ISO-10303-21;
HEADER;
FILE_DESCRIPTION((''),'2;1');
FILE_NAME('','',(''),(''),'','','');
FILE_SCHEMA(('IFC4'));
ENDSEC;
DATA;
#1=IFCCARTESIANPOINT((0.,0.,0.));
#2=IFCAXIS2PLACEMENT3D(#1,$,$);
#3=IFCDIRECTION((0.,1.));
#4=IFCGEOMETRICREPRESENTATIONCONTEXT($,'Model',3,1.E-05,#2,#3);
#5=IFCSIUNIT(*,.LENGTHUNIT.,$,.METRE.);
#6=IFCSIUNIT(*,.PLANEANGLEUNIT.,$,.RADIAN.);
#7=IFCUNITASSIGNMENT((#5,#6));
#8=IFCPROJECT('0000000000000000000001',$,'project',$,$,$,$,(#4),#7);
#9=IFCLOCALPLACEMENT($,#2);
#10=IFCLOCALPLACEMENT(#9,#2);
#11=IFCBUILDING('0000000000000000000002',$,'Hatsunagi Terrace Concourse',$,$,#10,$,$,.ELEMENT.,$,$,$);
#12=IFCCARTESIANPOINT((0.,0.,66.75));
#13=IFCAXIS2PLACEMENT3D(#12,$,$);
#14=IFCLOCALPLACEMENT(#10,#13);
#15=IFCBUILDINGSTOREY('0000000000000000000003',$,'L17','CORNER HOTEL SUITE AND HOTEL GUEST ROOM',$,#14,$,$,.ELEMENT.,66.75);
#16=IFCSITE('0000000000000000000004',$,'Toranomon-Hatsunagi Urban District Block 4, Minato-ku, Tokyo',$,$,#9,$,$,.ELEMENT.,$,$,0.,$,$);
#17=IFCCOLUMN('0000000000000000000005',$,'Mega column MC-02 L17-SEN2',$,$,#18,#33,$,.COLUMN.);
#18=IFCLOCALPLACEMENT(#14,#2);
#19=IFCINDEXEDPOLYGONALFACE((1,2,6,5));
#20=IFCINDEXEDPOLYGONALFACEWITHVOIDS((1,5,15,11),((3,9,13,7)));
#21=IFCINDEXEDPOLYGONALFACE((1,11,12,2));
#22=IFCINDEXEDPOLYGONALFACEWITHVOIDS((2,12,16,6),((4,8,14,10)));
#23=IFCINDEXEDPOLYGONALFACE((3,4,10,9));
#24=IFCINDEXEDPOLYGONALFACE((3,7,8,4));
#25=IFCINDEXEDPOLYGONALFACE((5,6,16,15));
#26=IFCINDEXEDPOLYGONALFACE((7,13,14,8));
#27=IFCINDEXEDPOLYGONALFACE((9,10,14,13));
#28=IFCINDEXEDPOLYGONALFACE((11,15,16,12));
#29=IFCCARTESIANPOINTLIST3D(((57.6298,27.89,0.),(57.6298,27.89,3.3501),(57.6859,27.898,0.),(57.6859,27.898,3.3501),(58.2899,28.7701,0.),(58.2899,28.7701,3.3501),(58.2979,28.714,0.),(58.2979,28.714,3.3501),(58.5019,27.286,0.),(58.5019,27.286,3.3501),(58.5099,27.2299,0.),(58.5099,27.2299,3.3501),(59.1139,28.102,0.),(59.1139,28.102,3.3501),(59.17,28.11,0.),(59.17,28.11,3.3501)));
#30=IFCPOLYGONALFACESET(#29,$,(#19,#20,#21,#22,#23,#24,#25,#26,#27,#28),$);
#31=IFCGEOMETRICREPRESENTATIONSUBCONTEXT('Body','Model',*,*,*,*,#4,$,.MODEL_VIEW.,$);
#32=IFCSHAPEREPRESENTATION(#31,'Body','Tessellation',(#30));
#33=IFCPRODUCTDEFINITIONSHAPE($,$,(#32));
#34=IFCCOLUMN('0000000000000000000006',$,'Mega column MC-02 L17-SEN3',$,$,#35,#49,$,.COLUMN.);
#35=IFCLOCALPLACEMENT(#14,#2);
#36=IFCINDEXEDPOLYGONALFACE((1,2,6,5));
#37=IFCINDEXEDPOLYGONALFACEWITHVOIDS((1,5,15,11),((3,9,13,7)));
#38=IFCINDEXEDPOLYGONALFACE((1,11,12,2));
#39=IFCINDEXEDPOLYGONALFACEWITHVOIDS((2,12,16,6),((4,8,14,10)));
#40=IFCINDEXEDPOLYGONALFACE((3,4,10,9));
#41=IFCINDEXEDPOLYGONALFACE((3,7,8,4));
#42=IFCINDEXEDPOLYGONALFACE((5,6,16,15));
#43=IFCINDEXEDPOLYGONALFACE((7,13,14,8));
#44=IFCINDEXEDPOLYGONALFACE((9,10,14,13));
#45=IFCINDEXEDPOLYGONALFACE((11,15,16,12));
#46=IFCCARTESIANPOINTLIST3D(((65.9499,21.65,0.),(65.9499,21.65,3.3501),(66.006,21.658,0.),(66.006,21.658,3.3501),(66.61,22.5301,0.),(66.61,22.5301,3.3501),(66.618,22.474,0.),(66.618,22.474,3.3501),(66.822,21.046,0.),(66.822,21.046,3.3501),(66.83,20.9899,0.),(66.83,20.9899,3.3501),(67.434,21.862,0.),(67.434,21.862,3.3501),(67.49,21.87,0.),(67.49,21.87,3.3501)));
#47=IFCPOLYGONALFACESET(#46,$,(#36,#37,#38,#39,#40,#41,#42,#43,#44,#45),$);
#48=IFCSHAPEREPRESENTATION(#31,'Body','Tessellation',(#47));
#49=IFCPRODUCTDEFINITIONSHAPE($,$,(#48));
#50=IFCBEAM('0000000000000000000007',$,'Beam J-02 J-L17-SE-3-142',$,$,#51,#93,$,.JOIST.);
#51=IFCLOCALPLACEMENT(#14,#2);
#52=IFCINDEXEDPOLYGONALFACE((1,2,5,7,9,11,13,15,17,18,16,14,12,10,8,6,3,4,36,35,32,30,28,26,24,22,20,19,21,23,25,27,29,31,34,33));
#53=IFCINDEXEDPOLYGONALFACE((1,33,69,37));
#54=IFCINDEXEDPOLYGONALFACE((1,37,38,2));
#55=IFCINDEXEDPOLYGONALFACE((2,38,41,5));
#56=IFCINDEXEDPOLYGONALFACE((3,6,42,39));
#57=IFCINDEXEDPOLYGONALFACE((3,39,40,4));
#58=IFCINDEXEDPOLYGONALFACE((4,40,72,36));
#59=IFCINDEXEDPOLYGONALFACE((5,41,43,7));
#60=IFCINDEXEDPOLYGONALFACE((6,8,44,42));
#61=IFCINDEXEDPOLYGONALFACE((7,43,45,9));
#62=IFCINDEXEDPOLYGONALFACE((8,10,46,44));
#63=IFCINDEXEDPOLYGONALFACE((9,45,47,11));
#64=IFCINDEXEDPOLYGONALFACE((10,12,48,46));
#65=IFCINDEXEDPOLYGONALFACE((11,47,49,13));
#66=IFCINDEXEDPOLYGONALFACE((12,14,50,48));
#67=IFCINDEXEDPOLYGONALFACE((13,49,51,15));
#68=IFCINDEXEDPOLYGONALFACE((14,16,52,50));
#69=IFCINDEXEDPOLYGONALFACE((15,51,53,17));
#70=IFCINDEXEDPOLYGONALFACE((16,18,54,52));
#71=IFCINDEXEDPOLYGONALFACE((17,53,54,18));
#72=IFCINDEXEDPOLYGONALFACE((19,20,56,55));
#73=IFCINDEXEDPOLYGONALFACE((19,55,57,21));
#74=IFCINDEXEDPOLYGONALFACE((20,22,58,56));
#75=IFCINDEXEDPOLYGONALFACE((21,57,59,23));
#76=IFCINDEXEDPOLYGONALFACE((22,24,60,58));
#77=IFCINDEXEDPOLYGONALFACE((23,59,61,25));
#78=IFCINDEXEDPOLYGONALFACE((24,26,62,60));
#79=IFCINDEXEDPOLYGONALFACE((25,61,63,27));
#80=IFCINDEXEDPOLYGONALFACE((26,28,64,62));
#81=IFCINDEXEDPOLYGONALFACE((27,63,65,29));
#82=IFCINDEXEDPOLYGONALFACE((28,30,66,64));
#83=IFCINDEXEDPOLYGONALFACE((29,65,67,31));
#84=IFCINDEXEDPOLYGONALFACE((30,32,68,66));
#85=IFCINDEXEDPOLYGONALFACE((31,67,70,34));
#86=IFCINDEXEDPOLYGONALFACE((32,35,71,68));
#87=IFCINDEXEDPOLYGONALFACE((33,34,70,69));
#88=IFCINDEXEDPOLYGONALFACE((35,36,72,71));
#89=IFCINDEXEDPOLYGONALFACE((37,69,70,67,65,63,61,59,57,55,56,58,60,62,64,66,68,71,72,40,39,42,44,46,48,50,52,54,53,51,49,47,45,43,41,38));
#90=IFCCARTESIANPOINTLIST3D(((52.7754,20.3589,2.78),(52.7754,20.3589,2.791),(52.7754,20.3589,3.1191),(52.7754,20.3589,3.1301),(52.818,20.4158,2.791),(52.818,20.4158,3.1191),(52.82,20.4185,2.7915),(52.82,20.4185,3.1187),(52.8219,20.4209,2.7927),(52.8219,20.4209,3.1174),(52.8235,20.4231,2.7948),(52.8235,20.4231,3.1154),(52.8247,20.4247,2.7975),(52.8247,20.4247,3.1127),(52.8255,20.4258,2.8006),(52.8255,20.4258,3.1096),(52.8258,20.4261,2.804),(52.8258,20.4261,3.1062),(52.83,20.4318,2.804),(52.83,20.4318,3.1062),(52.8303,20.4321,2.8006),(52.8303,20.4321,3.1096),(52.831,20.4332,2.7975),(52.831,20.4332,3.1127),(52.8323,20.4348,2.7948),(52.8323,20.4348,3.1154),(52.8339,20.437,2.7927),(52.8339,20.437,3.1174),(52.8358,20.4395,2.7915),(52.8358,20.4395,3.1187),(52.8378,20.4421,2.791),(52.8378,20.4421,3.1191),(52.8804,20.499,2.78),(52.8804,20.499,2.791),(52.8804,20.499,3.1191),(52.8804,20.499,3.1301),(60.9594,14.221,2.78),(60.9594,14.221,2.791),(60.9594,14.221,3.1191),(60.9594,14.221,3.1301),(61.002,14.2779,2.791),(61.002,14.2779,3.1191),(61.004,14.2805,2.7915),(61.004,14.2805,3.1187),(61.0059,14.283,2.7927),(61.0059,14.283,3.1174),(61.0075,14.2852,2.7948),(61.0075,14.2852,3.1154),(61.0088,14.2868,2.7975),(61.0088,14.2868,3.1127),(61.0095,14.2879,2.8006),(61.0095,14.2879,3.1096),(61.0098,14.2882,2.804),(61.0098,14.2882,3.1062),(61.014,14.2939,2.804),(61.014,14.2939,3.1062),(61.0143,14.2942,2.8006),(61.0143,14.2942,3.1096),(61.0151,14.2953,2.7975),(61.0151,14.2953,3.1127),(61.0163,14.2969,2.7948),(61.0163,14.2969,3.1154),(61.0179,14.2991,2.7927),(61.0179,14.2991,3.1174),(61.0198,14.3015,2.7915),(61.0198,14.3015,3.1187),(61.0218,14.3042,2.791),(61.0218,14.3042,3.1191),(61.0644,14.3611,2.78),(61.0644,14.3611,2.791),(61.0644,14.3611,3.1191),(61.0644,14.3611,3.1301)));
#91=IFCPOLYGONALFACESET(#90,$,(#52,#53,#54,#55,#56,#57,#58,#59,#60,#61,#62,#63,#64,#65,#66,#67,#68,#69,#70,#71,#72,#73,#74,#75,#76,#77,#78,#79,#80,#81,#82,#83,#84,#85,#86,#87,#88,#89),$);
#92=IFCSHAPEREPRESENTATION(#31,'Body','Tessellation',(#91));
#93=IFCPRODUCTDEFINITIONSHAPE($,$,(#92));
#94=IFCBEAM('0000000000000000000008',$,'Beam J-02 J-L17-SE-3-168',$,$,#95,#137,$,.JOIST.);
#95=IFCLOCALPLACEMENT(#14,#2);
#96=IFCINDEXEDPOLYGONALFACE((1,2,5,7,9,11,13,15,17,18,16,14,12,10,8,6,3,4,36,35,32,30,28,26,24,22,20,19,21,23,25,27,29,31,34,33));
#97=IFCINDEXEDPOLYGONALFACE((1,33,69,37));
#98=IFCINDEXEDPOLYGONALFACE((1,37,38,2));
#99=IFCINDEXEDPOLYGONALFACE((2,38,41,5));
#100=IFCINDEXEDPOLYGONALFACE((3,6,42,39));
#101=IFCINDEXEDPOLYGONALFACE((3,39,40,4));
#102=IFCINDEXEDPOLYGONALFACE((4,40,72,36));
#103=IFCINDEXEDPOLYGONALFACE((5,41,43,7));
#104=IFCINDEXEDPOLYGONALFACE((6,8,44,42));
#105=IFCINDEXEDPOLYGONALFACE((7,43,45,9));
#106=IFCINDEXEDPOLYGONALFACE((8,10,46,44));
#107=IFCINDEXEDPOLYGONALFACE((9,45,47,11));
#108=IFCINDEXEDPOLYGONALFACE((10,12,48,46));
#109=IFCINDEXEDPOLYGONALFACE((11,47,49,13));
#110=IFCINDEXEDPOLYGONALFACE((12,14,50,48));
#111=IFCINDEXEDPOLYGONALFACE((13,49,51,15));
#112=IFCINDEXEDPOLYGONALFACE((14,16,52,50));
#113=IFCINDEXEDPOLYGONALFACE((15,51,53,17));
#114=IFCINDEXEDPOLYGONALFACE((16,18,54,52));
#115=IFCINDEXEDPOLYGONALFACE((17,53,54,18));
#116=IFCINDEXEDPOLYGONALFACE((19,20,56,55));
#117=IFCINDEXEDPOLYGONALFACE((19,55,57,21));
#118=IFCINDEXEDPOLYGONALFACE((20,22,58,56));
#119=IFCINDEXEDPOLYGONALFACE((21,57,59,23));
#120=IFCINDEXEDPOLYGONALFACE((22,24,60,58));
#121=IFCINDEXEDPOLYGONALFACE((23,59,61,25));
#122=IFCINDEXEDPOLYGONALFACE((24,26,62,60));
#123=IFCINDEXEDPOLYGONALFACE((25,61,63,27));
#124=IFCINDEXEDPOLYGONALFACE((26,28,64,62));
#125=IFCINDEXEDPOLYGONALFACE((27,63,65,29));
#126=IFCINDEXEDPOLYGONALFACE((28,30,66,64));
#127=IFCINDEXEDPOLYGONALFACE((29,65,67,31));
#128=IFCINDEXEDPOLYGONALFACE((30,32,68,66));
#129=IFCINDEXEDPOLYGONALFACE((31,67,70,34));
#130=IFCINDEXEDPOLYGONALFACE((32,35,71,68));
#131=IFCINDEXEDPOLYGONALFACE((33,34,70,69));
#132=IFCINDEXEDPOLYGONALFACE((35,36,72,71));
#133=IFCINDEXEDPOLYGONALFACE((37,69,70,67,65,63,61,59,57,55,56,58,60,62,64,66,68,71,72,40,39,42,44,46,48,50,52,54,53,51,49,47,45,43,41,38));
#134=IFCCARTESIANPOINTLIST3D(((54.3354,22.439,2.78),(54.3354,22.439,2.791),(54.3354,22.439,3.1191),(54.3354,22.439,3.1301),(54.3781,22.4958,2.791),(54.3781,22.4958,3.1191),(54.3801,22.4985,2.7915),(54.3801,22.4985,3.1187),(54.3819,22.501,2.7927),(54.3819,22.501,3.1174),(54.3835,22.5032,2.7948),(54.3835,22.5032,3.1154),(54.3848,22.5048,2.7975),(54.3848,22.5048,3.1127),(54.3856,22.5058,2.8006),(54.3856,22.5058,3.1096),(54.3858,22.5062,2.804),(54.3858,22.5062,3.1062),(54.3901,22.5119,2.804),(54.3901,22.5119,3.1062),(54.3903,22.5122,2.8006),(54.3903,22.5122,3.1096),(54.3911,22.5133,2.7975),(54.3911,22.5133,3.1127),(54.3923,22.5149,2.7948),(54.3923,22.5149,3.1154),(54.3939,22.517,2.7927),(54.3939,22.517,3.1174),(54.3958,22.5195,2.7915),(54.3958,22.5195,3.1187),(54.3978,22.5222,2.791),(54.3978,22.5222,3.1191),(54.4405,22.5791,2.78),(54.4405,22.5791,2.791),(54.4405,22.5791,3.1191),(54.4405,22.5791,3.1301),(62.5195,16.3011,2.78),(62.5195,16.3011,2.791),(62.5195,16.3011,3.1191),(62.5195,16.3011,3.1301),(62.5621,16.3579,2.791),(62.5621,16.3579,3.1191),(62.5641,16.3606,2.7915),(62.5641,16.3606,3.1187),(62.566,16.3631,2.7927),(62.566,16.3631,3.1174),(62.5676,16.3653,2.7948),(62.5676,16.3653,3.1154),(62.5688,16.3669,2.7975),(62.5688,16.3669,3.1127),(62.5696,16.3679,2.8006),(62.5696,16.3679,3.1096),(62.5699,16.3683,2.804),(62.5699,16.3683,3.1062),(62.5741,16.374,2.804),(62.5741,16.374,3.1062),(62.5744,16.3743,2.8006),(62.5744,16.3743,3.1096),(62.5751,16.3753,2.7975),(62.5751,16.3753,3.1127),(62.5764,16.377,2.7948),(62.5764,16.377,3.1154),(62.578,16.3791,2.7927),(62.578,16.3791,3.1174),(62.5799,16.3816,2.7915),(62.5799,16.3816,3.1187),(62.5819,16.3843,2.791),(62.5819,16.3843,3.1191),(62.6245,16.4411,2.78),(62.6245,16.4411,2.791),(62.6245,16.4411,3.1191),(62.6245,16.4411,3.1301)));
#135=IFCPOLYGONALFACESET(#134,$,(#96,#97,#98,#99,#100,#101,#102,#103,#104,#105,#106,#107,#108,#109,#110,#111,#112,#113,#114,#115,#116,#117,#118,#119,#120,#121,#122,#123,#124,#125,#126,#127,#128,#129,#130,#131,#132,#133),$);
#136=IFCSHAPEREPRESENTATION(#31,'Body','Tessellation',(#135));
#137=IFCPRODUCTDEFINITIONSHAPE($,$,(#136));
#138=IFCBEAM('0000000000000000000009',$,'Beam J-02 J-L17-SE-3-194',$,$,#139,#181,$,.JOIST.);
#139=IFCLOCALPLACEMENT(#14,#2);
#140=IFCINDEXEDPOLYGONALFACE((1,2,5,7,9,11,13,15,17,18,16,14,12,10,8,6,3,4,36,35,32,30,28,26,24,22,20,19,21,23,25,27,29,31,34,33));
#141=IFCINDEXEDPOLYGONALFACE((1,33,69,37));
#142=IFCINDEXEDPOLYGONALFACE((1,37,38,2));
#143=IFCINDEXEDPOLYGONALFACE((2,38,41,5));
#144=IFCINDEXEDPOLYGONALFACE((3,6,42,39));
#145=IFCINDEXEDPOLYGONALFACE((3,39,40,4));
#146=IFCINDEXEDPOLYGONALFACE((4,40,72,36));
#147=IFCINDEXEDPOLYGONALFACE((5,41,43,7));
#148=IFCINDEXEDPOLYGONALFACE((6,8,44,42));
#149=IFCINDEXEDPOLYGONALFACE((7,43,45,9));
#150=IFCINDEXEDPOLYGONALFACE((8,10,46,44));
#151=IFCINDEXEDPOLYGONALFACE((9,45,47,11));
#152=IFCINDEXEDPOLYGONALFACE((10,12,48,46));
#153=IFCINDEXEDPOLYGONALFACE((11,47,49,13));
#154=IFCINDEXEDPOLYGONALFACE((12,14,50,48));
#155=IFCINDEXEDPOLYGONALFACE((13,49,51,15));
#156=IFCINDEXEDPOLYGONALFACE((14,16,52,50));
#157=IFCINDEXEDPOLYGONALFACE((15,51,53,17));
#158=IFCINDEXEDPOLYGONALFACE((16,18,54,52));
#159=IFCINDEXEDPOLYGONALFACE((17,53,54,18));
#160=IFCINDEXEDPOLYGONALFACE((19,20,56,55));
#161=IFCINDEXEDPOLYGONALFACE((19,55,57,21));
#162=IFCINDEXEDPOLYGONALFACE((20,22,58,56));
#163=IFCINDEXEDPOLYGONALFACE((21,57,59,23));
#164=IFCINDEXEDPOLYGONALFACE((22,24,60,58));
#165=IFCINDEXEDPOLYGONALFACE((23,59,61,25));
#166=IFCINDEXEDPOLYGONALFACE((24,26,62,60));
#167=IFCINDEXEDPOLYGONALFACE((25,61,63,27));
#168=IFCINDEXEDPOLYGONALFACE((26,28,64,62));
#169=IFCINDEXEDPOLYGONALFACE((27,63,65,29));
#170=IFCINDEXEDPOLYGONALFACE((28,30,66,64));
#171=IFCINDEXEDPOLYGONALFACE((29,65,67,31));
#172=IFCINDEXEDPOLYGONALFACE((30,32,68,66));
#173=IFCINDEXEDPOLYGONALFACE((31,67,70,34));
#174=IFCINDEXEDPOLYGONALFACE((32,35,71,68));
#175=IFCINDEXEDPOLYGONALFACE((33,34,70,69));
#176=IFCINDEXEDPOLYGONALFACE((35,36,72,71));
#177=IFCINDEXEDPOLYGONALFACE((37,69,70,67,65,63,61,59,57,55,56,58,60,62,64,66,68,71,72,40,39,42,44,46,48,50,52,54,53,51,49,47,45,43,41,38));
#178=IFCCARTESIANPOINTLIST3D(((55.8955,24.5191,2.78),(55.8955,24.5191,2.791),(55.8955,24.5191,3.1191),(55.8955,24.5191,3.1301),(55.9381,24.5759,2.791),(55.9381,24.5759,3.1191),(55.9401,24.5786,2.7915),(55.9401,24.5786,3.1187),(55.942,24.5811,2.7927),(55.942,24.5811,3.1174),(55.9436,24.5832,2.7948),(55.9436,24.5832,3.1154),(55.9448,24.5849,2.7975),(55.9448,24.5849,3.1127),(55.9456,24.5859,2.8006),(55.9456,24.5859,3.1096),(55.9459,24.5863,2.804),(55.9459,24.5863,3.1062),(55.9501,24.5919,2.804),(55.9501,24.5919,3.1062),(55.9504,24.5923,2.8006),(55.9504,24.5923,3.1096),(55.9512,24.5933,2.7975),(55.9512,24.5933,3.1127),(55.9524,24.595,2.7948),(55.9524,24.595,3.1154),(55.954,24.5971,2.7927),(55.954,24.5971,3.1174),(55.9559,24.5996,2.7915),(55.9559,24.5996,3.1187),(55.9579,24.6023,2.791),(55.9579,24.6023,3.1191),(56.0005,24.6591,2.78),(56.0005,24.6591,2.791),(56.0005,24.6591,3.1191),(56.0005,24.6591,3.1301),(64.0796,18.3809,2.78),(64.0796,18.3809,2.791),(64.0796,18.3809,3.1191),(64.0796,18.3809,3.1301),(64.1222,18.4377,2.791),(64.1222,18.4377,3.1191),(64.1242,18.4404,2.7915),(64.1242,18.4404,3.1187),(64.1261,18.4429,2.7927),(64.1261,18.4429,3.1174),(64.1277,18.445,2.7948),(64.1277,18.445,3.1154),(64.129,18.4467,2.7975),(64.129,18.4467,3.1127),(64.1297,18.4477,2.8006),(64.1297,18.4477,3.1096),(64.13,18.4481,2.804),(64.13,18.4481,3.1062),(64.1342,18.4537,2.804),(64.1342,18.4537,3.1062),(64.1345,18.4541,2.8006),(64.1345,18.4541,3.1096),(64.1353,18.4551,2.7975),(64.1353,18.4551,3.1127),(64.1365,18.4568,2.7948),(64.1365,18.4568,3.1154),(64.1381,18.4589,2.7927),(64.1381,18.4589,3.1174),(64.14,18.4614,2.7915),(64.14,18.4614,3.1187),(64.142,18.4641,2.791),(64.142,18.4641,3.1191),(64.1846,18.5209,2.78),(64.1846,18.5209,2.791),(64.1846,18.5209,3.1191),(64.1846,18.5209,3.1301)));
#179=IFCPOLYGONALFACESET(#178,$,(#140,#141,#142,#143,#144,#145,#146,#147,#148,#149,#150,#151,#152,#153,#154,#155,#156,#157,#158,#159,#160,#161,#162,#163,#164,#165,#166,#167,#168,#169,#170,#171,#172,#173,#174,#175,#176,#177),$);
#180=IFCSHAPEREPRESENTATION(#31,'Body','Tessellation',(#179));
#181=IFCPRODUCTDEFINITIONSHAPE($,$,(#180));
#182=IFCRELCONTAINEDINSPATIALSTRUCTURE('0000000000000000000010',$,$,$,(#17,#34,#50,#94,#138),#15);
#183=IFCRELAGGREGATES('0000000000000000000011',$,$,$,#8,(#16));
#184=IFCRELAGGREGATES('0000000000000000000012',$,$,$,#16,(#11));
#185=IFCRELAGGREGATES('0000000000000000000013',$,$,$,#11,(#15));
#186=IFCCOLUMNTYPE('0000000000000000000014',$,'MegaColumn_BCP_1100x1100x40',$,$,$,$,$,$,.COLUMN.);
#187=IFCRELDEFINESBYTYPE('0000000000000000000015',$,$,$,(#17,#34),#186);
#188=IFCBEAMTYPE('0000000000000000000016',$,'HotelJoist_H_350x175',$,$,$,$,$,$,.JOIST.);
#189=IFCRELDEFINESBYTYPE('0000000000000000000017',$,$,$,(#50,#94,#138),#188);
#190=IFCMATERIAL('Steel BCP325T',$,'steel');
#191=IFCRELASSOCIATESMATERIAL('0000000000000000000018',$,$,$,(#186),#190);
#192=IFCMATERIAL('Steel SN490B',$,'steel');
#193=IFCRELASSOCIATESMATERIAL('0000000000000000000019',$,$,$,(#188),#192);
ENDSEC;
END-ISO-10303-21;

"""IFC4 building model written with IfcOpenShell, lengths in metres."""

from ifc_helpers import new_model, si_unit, direction, frame, origin, origin_2d, place, context, subcontext, project, spatial, hollow_rectangle, i_section, extrude, material, material_profile, profile_set, type_object, element, save


model = new_model("IFC4")

# Units and contexts
model_context = context("Model", 3, precision=1e-05, world=origin(), true_north=direction((0.0, 1.0)))
body_context = subcontext(model_context, "Body", "Model", "MODEL_VIEW")
ifc_project = project(units=[si_unit("LENGTHUNIT", "METRE"), si_unit("PLANEANGLEUNIT", "RADIAN")], contexts=[model_context])

# Site, building, storey
site_placement = place(None, origin())
site = spatial("IfcSite", under=ifc_project, at=site_placement, Name="Toranomon-Hatsunagi Urban District Block 4, Minato-ku, Tokyo", CompositionType="ELEMENT", RefElevation=0.0)
building_placement = place(site_placement, origin())
building = spatial("IfcBuilding", under=site, at=building_placement, Name="Hatsunagi Terrace Concourse", CompositionType="ELEMENT")
storey_placement = place(building_placement, frame((0.0, 0.0, 66.75)))
storey = spatial("IfcBuildingStorey", under=building, at=storey_placement, Name="L17", Description="CORNER HOTEL SUITE AND HOTEL GUEST ROOM", CompositionType="ELEMENT", Elevation=66.75)

# Columns
ifc_material_1 = material(Name="Steel BCP325T", Category="steel")
ifc_material_profile_1 = material_profile(ifc_material_1, hollow_rectangle(XDim=1.1001, YDim=1.1001, WallThickness=0.04, at=origin_2d()), Name="BCP-1100x1100x40")
ifc_profile_set_1 = profile_set([ifc_material_profile_1], Name="Steel BCP325T")
column_type = type_object("IfcColumnType", Name="MegaColumn_BCP_1100x1100x40", PredefinedType="COLUMN", material=ifc_profile_set_1)
for number, where, z_axis, x_axis, name in (
    (1, (58.3999, 28.0, 0.0), (0.0, 0.0, 1.0), (0.8, -0.6, 0.0), "Mega column MC-02 L17-SEN2"),
    (2, (66.72, 21.76, 0.0), (0.0, 0.0, 1.0), (0.8, -0.6, 0.0), "Mega column MC-02 L17-SEN3"),
):
    element("IfcColumn", number, at=place(storey_placement, frame(where, z_axis=z_axis, x_axis=x_axis)), inside=storey, type_object=column_type, Name=name, PredefinedType="COLUMN", context=body_context, shape_type="SweptSolid", body=[
        extrude(hollow_rectangle(XDim=1.1001, YDim=1.1001, WallThickness=0.04, at=origin_2d()), origin(), (0.0, 0.0, 1.0), 3.3501),
    ])

# Beams
ifc_material_2 = material(Name="Steel SN490B", Category="steel")
ifc_material_profile_2 = material_profile(ifc_material_2, i_section(OverallWidth=0.175, OverallDepth=0.3501, WebThickness=0.0071, FlangeThickness=0.011, FilletRadius=0.0129, at=origin_2d()), Name="H-350x175x7x11")
ifc_profile_set_2 = profile_set([ifc_material_profile_2], Name="Steel SN490B")
beam_type_1 = type_object("IfcBeamType", Name="HotelJoist_H_350x175", PredefinedType="JOIST", material=ifc_profile_set_2)
for number, where, z_axis, x_axis, name in (
    (3, (52.8279, 20.429, 2.9551), (0.800006, -0.599992, 0.0), (0.599992, 0.800006, 0.0), "Beam J-02 J-L17-SE-3-142"),
    (4, (54.3879, 22.509, 2.9551), (0.800006, -0.599992, 0.0), (0.599992, 0.800006, 0.0), "Beam J-02 J-L17-SE-3-168"),
):
    element("IfcBeam", number, at=place(storey_placement, frame(where, z_axis=z_axis, x_axis=x_axis)), inside=storey, type_object=beam_type_1, Name=name, PredefinedType="JOIST", context=body_context, shape_type="SweptSolid", body=[
        extrude(i_section(OverallWidth=0.175, OverallDepth=0.3501, WebThickness=0.0071, FlangeThickness=0.011, FilletRadius=0.0129, at=origin_2d()), origin(), (0.0, 0.0, 1.0), 10.23),
    ])
beam_1_placement = place(storey_placement, frame((55.948, 24.5891, 2.9551), z_axis=(0.799994, -0.600008, 0.0), x_axis=(0.600008, 0.799994, 0.0)))
element("IfcBeam", 5, at=beam_1_placement, inside=storey, type_object=beam_type_1, Name="Beam J-02 J-L17-SE-3-194", PredefinedType="JOIST", context=body_context, shape_type="SweptSolid", body=[
    extrude(i_section(OverallWidth=0.175, OverallDepth=0.3501, WebThickness=0.0071, FlangeThickness=0.011, FilletRadius=0.0129, at=origin_2d()), origin(), (0.0, 0.0, 1.0), 10.2302),
])

save(model, "model.ifc")
